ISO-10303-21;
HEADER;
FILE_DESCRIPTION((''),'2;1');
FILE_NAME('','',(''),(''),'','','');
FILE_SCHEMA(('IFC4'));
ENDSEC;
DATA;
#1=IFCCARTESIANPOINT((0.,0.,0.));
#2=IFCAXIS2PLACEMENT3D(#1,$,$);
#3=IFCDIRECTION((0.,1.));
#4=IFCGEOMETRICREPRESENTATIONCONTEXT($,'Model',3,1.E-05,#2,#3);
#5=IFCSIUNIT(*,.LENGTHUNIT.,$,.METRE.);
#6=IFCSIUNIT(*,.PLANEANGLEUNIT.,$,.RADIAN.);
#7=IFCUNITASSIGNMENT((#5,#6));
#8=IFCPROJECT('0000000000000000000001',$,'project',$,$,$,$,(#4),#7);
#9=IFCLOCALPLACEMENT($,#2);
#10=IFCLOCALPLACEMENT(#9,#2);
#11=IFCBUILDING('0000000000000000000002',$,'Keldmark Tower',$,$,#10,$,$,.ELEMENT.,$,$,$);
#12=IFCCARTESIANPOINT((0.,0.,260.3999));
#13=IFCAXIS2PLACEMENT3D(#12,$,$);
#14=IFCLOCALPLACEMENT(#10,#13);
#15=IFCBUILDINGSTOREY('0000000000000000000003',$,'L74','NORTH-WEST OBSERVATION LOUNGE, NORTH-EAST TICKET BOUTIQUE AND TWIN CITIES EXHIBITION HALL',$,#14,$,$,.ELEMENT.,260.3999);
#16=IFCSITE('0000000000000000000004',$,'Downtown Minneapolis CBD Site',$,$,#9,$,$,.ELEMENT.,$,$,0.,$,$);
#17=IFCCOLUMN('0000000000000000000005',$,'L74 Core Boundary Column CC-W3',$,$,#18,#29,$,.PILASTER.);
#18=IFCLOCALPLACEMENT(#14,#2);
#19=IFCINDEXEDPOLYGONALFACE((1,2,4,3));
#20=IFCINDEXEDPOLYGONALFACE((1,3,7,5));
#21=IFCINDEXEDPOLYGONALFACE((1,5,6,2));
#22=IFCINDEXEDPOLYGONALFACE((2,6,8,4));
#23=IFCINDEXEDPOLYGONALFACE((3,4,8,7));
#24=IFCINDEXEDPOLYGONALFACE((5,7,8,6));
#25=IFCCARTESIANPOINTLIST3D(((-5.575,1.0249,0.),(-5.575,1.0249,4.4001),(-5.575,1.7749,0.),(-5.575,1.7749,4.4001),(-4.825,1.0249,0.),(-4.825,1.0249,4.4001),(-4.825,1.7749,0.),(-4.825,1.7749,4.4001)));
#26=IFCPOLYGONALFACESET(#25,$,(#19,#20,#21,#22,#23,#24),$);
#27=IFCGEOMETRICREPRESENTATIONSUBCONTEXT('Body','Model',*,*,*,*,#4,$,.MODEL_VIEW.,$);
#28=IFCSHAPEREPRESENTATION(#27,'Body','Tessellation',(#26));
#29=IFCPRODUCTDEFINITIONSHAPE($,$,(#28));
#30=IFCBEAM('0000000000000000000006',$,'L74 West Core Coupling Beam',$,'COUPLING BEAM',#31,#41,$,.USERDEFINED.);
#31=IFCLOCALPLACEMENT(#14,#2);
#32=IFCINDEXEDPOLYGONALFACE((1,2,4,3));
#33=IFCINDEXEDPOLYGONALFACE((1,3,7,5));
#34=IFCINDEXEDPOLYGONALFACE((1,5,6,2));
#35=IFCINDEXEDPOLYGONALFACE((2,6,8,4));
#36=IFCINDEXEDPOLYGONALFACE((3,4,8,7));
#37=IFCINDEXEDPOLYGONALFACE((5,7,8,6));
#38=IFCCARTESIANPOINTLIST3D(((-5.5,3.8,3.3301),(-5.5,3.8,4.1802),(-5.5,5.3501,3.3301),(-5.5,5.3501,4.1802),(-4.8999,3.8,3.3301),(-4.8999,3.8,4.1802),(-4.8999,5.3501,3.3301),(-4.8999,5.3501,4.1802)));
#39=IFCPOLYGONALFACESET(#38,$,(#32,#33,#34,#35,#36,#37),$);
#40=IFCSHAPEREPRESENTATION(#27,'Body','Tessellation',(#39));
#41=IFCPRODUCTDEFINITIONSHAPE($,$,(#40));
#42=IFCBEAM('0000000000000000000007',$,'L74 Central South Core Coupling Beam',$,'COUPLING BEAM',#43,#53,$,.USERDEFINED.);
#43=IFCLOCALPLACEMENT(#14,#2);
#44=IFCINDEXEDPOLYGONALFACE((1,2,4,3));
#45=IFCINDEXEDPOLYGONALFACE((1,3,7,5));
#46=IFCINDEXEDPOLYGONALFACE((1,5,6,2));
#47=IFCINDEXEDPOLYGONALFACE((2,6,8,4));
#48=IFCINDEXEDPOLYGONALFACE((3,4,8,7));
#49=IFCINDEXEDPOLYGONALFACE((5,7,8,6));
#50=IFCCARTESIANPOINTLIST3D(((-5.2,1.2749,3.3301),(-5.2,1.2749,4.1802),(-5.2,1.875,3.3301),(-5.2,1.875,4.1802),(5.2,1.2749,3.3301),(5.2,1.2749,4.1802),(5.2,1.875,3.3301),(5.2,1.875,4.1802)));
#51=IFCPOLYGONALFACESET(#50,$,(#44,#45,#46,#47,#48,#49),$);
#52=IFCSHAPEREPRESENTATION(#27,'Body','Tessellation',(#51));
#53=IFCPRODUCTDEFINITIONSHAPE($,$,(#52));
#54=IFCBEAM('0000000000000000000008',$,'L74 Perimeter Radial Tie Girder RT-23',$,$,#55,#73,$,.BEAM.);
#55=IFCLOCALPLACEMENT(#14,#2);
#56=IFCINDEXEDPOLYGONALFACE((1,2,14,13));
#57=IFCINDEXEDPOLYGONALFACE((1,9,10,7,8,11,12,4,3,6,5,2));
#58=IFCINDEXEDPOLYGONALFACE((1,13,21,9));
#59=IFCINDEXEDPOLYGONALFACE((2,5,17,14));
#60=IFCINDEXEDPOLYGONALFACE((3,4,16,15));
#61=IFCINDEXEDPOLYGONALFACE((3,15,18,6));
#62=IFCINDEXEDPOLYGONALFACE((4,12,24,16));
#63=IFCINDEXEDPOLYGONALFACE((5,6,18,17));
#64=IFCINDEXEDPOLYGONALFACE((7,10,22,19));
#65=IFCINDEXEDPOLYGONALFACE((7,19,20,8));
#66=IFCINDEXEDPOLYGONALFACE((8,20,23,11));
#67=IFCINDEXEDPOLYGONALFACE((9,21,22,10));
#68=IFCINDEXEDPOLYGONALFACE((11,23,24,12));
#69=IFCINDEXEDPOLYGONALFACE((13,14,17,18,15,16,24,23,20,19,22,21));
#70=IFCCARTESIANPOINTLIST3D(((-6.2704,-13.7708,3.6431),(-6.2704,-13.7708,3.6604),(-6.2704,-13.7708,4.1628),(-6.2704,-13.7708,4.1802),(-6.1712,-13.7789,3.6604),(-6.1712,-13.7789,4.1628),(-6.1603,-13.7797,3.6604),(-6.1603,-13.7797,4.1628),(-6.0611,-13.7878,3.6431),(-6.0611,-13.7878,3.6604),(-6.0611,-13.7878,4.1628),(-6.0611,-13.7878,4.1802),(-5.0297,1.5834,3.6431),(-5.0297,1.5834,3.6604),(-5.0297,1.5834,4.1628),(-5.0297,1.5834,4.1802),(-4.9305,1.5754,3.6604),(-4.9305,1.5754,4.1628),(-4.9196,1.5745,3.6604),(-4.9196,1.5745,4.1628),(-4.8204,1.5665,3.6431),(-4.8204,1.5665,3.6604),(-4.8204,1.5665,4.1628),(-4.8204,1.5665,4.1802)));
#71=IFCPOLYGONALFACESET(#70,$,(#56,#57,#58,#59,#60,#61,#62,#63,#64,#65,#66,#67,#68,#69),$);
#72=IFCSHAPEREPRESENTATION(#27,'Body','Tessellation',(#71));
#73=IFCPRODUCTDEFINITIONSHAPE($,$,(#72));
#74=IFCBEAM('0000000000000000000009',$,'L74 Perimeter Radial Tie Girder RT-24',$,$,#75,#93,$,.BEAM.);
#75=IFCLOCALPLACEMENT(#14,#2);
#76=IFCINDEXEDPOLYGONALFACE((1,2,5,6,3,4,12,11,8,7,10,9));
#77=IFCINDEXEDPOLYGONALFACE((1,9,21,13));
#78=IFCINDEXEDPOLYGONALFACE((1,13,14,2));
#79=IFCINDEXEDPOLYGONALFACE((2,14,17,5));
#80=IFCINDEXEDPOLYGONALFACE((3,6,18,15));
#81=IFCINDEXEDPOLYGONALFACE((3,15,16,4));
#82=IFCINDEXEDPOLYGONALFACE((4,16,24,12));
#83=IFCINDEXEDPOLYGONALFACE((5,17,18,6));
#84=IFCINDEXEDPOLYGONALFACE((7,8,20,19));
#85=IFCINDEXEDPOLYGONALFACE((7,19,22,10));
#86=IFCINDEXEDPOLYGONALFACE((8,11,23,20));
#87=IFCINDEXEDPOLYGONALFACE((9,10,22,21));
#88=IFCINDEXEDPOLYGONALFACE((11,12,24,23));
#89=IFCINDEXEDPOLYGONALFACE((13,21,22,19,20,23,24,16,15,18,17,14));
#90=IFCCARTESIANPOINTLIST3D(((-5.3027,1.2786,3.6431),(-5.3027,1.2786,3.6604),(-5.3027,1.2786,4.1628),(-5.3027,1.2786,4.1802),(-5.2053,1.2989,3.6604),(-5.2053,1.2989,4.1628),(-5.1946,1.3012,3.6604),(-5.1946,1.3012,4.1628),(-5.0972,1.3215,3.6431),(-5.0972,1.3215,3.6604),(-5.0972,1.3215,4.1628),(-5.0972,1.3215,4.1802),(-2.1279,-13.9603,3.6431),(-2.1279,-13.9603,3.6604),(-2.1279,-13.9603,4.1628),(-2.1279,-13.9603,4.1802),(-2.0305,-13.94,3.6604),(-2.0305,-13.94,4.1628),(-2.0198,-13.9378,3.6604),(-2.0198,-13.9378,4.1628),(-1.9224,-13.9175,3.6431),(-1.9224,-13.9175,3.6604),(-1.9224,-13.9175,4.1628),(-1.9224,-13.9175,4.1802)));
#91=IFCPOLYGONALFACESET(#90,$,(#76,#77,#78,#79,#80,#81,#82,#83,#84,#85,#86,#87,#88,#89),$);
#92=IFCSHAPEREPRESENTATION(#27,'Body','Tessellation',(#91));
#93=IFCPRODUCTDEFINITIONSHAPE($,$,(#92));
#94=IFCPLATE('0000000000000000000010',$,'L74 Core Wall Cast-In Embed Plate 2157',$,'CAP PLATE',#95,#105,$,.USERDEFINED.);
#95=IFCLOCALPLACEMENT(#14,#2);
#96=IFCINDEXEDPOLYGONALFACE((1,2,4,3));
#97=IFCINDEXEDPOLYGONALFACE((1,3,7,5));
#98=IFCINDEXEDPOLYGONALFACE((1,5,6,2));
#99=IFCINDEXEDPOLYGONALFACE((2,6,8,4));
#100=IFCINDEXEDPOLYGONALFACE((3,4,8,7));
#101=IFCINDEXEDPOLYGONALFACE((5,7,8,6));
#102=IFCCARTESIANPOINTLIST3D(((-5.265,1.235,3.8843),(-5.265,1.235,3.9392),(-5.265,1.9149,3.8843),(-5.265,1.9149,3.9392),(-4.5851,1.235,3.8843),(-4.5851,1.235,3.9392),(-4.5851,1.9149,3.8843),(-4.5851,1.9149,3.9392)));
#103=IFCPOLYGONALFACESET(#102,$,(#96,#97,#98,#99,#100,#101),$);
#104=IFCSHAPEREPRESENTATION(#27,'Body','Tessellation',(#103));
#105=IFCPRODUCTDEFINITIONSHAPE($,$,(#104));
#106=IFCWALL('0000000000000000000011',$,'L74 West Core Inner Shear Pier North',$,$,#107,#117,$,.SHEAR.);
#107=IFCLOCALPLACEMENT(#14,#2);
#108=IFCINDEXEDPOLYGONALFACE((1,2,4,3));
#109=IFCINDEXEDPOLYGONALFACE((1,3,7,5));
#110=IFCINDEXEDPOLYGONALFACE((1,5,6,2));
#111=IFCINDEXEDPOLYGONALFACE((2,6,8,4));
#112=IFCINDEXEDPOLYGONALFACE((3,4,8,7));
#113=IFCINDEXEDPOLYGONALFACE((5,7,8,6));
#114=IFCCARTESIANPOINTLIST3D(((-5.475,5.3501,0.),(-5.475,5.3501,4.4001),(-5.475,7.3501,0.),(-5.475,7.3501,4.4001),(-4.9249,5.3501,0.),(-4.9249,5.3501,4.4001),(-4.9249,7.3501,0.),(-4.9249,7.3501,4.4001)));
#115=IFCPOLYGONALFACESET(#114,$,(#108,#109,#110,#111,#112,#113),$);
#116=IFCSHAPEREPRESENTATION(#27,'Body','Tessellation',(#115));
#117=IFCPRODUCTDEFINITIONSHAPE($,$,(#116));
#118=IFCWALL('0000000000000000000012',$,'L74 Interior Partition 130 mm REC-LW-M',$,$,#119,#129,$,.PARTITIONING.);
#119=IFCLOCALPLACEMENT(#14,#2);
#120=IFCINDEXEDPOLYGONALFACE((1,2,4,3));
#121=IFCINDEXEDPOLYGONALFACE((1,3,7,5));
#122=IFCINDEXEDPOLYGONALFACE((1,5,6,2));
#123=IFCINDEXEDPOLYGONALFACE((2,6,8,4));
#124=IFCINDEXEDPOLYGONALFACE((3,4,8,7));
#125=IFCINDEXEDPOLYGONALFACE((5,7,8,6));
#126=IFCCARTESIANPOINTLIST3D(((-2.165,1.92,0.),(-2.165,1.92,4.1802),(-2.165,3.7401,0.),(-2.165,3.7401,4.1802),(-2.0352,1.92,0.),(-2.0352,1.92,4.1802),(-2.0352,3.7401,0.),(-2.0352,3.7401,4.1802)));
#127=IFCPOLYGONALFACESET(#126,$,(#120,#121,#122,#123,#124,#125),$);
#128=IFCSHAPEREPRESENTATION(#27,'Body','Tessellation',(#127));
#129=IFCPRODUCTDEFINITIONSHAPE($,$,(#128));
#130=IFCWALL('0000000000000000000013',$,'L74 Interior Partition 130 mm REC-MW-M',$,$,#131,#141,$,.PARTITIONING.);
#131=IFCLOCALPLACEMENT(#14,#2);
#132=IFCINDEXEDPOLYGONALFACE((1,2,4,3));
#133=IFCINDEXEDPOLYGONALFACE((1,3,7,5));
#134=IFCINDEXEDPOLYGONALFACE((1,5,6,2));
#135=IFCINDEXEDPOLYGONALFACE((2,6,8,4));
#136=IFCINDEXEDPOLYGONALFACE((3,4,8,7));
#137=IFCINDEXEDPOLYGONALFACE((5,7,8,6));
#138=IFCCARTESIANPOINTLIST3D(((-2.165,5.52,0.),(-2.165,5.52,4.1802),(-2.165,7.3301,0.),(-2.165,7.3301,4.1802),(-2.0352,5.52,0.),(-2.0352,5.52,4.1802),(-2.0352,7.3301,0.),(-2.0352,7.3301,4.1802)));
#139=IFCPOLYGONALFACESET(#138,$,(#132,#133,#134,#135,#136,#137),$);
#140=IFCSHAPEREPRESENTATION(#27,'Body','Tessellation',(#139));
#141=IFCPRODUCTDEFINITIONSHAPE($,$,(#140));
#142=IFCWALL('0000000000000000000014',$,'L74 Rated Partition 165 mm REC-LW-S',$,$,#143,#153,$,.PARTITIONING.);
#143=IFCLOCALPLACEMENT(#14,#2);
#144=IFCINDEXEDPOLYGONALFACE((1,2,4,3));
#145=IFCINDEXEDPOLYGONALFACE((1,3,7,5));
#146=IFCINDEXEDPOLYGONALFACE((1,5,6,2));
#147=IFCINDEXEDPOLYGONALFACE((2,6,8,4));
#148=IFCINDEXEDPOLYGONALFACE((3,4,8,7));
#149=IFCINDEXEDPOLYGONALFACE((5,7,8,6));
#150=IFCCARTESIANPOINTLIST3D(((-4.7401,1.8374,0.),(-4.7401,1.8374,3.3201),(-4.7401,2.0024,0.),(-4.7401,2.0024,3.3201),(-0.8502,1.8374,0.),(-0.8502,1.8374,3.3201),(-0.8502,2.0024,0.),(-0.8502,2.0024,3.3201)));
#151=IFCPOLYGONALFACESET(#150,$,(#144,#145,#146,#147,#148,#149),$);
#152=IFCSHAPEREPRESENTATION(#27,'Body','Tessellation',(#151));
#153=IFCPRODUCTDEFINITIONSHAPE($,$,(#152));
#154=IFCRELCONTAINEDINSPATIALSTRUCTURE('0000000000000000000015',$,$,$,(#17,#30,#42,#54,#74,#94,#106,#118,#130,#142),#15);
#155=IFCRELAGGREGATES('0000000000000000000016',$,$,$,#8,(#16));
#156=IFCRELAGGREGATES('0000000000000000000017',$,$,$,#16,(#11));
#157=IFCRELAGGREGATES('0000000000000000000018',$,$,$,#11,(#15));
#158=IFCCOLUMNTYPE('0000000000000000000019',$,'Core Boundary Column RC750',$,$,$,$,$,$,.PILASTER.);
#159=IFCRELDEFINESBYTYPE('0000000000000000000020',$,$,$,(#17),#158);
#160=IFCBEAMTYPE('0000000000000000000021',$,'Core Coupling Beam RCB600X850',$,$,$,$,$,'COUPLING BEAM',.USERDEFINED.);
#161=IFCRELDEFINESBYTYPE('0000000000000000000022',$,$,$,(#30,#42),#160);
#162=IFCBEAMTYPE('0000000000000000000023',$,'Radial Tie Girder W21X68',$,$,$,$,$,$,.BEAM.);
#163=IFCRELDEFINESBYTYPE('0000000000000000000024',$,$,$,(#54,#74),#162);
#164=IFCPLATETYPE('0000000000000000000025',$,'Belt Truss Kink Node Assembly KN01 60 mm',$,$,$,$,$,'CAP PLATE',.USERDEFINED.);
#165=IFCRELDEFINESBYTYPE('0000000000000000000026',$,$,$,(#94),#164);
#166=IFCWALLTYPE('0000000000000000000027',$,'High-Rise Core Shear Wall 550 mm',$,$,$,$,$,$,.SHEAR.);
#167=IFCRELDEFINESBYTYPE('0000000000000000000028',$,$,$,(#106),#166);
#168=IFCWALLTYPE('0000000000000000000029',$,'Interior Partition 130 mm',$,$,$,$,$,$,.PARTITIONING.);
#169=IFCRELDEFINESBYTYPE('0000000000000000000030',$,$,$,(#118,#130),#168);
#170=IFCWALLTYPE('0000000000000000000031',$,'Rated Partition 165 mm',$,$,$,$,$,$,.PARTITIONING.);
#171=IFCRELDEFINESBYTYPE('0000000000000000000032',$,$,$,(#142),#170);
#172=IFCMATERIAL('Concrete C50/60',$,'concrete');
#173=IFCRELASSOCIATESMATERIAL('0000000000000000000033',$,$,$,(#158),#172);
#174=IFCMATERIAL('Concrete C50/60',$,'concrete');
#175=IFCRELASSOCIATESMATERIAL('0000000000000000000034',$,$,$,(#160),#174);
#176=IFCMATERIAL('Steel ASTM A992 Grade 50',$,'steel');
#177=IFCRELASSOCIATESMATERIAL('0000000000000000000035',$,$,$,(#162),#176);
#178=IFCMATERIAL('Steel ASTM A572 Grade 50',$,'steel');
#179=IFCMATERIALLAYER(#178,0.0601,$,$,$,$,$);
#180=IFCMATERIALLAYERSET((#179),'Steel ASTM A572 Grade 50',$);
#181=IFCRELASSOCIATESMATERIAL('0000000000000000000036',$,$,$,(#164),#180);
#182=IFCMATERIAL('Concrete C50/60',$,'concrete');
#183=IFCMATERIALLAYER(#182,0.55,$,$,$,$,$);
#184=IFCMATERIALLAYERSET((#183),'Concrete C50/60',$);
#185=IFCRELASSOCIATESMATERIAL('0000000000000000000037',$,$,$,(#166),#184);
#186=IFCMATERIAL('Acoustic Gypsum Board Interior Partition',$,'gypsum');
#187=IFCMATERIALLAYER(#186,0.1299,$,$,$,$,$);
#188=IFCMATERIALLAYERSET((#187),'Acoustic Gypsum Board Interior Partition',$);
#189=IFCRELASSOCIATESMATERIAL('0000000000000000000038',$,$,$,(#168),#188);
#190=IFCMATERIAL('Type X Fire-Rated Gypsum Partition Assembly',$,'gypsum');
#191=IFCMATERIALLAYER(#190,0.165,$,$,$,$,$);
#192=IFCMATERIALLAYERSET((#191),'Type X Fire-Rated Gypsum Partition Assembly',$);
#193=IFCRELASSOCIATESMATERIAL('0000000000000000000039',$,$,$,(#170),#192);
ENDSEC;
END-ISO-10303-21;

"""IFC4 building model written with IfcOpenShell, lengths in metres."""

from ifc_helpers import new_model, si_unit, direction, frame, frame_2d, origin, origin_2d, place, context, subcontext, project, spatial, rectangle, i_section, extrude, material, layer, layer_set, material_profile, profile_set, type_object, element, save


model = new_model("IFC4")

# Units and contexts
model_context = context("Model", 3, precision=1e-05, world=origin(), true_north=direction((0.0, 1.0)))
body_context = subcontext(model_context, "Body", "Model", "MODEL_VIEW")
ifc_project = project(units=[si_unit("LENGTHUNIT", "METRE"), si_unit("PLANEANGLEUNIT", "RADIAN")], contexts=[model_context])

# Site, building, storey
site_placement = place(None, origin())
site = spatial("IfcSite", under=ifc_project, at=site_placement, Name="Downtown Minneapolis CBD Site", CompositionType="ELEMENT", RefElevation=0.0)
building_placement = place(site_placement, origin())
building = spatial("IfcBuilding", under=site, at=building_placement, Name="Keldmark Tower", CompositionType="ELEMENT")
storey_placement = place(building_placement, frame((0.0, 0.0, 260.3999)))
storey = spatial("IfcBuildingStorey", under=building, at=storey_placement, Name="L74", Description="NORTH-WEST OBSERVATION LOUNGE, NORTH-EAST TICKET BOUTIQUE AND TWIN CITIES EXHIBITION HALL", CompositionType="ELEMENT", Elevation=260.3999)

# Column
ifc_material_1 = material(Name="Concrete C50/60", Category="concrete")
ifc_material_profile_1 = material_profile(ifc_material_1, rectangle(XDim=0.75, YDim=0.75, at=origin_2d()), Name="RC750X750")
ifc_profile_set_1 = profile_set([ifc_material_profile_1], Name="Concrete C50/60")
column_type = type_object("IfcColumnType", Name="Core Boundary Column RC750", PredefinedType="PILASTER", material=ifc_profile_set_1)
column_placement = place(storey_placement, frame((-5.2, 1.3999, 0.0), z_axis=(0.0, 0.0, 1.0), x_axis=(1.0, 0.0, 0.0)))
element("IfcColumn", 1, at=column_placement, inside=storey, type_object=column_type, Name="L74 Core Boundary Column CC-W3", PredefinedType="PILASTER", context=body_context, shape_type="SweptSolid", body=[
    extrude(rectangle(XDim=0.75, YDim=0.75, at=origin_2d()), origin(), (0.0, 0.0, 1.0), 4.4001),
])

# Beams
ifc_material_2 = material(Name="Concrete C50/60", Category="concrete")
ifc_material_profile_2 = material_profile(ifc_material_2, rectangle(XDim=0.6001, YDim=0.8501, at=origin_2d()), Name="RCB600X850")
ifc_profile_set_2 = profile_set([ifc_material_profile_2], Name="Concrete C50/60")
beam_type_1 = type_object("IfcBeamType", Name="Core Coupling Beam RCB600X850", ElementType="COUPLING BEAM", PredefinedType="USERDEFINED", material=ifc_profile_set_2)
beam_1_placement = place(storey_placement, frame((-5.2, 3.8, 3.7551), z_axis=(0.0, 1.0, 0.0), x_axis=(-1.0, 0.0, 0.0)))
element("IfcBeam", 2, at=beam_1_placement, inside=storey, type_object=beam_type_1, Name="L74 West Core Coupling Beam", ObjectType="COUPLING BEAM", PredefinedType="USERDEFINED", context=body_context, shape_type="SweptSolid", body=[
    extrude(rectangle(XDim=0.6001, YDim=0.8501, at=origin_2d()), origin(), (0.0, 0.0, 1.0), 1.55),
])
beam_2_placement = place(storey_placement, frame((-5.2, 1.575, 3.7551), z_axis=(1.0, 0.0, 0.0), x_axis=(0.0, 1.0, 0.0)))
element("IfcBeam", 3, at=beam_2_placement, inside=storey, type_object=beam_type_1, Name="L74 Central South Core Coupling Beam", ObjectType="COUPLING BEAM", PredefinedType="USERDEFINED", context=body_context, shape_type="SweptSolid", body=[
    extrude(rectangle(XDim=0.6001, YDim=0.8501, at=origin_2d()), origin(), (0.0, 0.0, 1.0), 10.3999),
])
ifc_material_3 = material(Name="Steel ASTM A992 Grade 50", Category="steel")
ifc_material_profile_3 = material_profile(ifc_material_3, i_section(OverallWidth=0.21, OverallDepth=0.5371, WebThickness=0.011, FlangeThickness=0.0173, at=origin_2d()), Name="W21X68")
ifc_profile_set_3 = profile_set([ifc_material_profile_3], Name="Steel ASTM A992 Grade 50")
beam_type_2 = type_object("IfcBeamType", Name="Radial Tie Girder W21X68", PredefinedType="BEAM", material=ifc_profile_set_3)
beam_3_placement = place(storey_placement, frame((-4.925, 1.575, 3.9116), z_axis=(-0.080544, -0.996751, 0.0), x_axis=(0.996751, -0.080544, 0.0)))
element("IfcBeam", 4, at=beam_3_placement, inside=storey, type_object=beam_type_2, Name="L74 Perimeter Radial Tie Girder RT-23", PredefinedType="BEAM", context=body_context, shape_type="SweptSolid", body=[
    extrude(i_section(OverallWidth=0.21, OverallDepth=0.5371, WebThickness=0.011, FlangeThickness=0.0173, at=origin_2d()), origin(), (0.0, 0.0, 1.0), 15.4043),
])
beam_4_placement = place(storey_placement, frame((-5.2, 1.3, 3.9116), z_axis=(0.203955, -0.97898, 0.0), x_axis=(0.97898, 0.203955, 0.0)))
element("IfcBeam", 5, at=beam_4_placement, inside=storey, type_object=beam_type_2, Name="L74 Perimeter Radial Tie Girder RT-24", PredefinedType="BEAM", context=body_context, shape_type="SweptSolid", body=[
    extrude(i_section(OverallWidth=0.21, OverallDepth=0.5371, WebThickness=0.011, FlangeThickness=0.0173, at=origin_2d()), origin(), (0.0, 0.0, 1.0), 15.5662),
])

# Plate
ifc_material_4 = material(Name="Steel ASTM A572 Grade 50", Category="steel")
ifc_layer_1 = layer(ifc_material_4, 0.0601)
ifc_layer_set_1 = layer_set([ifc_layer_1], Name="Steel ASTM A572 Grade 50")
plate_type = type_object("IfcPlateType", Name="Belt Truss Kink Node Assembly KN01 60 mm", ElementType="CAP PLATE", PredefinedType="USERDEFINED", material=ifc_layer_set_1)
plate_placement = place(storey_placement, frame((-4.925, 1.575, 3.8843), z_axis=(0.0, 0.0, 1.0), x_axis=(1.0, 0.0, 0.0)))
element("IfcPlate", 6, at=plate_placement, inside=storey, type_object=plate_type, Name="L74 Core Wall Cast-In Embed Plate 2157", ObjectType="CAP PLATE", PredefinedType="USERDEFINED", context=body_context, shape_type="SweptSolid", body=[
    extrude(rectangle(XDim=0.6799, YDim=0.6799, at=origin_2d()), origin(), (0.0, 0.0, 1.0), 0.0549),
])

# Shared definitions
ifc_material_5 = material(Name="Concrete C50/60", Category="concrete")
ifc_layer_2 = layer(ifc_material_5, 0.55)
ifc_layer_set_2 = layer_set([ifc_layer_2], Name="Concrete C50/60")
wall_type_1 = type_object("IfcWallType", Name="High-Rise Core Shear Wall 550 mm", PredefinedType="SHEAR", material=ifc_layer_set_2)

# Walls
wall_1_placement = place(storey_placement, frame((-5.2, 5.3501, 0.0), z_axis=(0.0, 0.0, 1.0), x_axis=(0.0, 1.0, 0.0)))
element("IfcWall", 7, at=wall_1_placement, inside=storey, type_object=wall_type_1, Name="L74 West Core Inner Shear Pier North", PredefinedType="SHEAR", context=body_context, shape_type="SweptSolid", body=[
    extrude(rectangle(XDim=2.0, YDim=0.55, at=frame_2d((1.0, 0.0))), origin(), (0.0, 0.0, 1.0), 4.4001),
])
ifc_material_6 = material(Name="Acoustic Gypsum Board Interior Partition", Category="gypsum")
ifc_layer_3 = layer(ifc_material_6, 0.1299)
ifc_layer_set_3 = layer_set([ifc_layer_3], Name="Acoustic Gypsum Board Interior Partition")
wall_type_2 = type_object("IfcWallType", Name="Interior Partition 130 mm", PredefinedType="PARTITIONING", material=ifc_layer_set_3)
wall_2_placement = place(storey_placement, frame((-2.1001, 1.9199, 0.0), z_axis=(0.0, 0.0, 1.0), x_axis=(0.0, 1.0, 0.0)))
element("IfcWall", 8, at=wall_2_placement, inside=storey, type_object=wall_type_2, Name="L74 Interior Partition 130 mm REC-LW-M", PredefinedType="PARTITIONING", context=body_context, shape_type="SweptSolid", body=[
    extrude(rectangle(XDim=1.8201, YDim=0.1299, at=frame_2d((0.9102, 0.0))), origin(), (0.0, 0.0, 1.0), 4.1802),
])
wall_3_placement = place(storey_placement, frame((-2.1001, 5.52, 0.0), z_axis=(0.0, 0.0, 1.0), x_axis=(0.0, 1.0, 0.0)))
element("IfcWall", 9, at=wall_3_placement, inside=storey, type_object=wall_type_2, Name="L74 Interior Partition 130 mm REC-MW-M", PredefinedType="PARTITIONING", context=body_context, shape_type="SweptSolid", body=[
    extrude(rectangle(XDim=1.8101, YDim=0.1299, at=frame_2d((0.905, 0.0))), origin(), (0.0, 0.0, 1.0), 4.1802),
])
ifc_material_7 = material(Name="Type X Fire-Rated Gypsum Partition Assembly", Category="gypsum")
ifc_layer_4 = layer(ifc_material_7, 0.165)
ifc_layer_set_4 = layer_set([ifc_layer_4], Name="Type X Fire-Rated Gypsum Partition Assembly")
wall_type_3 = type_object("IfcWallType", Name="Rated Partition 165 mm", PredefinedType="PARTITIONING", material=ifc_layer_set_4)
wall_4_placement = place(storey_placement, frame((-4.74, 1.9199, 0.0), z_axis=(0.0, 0.0, 1.0), x_axis=(1.0, 0.0, 0.0)))
element("IfcWall", 10, at=wall_4_placement, inside=storey, type_object=wall_type_3, Name="L74 Rated Partition 165 mm REC-LW-S", PredefinedType="PARTITIONING", context=body_context, shape_type="SweptSolid", body=[
    extrude(rectangle(XDim=3.8899, YDim=0.165, at=frame_2d((1.9448, 0.0))), origin(), (0.0, 0.0, 1.0), 3.3201),
])

save(model, "model.ifc")
